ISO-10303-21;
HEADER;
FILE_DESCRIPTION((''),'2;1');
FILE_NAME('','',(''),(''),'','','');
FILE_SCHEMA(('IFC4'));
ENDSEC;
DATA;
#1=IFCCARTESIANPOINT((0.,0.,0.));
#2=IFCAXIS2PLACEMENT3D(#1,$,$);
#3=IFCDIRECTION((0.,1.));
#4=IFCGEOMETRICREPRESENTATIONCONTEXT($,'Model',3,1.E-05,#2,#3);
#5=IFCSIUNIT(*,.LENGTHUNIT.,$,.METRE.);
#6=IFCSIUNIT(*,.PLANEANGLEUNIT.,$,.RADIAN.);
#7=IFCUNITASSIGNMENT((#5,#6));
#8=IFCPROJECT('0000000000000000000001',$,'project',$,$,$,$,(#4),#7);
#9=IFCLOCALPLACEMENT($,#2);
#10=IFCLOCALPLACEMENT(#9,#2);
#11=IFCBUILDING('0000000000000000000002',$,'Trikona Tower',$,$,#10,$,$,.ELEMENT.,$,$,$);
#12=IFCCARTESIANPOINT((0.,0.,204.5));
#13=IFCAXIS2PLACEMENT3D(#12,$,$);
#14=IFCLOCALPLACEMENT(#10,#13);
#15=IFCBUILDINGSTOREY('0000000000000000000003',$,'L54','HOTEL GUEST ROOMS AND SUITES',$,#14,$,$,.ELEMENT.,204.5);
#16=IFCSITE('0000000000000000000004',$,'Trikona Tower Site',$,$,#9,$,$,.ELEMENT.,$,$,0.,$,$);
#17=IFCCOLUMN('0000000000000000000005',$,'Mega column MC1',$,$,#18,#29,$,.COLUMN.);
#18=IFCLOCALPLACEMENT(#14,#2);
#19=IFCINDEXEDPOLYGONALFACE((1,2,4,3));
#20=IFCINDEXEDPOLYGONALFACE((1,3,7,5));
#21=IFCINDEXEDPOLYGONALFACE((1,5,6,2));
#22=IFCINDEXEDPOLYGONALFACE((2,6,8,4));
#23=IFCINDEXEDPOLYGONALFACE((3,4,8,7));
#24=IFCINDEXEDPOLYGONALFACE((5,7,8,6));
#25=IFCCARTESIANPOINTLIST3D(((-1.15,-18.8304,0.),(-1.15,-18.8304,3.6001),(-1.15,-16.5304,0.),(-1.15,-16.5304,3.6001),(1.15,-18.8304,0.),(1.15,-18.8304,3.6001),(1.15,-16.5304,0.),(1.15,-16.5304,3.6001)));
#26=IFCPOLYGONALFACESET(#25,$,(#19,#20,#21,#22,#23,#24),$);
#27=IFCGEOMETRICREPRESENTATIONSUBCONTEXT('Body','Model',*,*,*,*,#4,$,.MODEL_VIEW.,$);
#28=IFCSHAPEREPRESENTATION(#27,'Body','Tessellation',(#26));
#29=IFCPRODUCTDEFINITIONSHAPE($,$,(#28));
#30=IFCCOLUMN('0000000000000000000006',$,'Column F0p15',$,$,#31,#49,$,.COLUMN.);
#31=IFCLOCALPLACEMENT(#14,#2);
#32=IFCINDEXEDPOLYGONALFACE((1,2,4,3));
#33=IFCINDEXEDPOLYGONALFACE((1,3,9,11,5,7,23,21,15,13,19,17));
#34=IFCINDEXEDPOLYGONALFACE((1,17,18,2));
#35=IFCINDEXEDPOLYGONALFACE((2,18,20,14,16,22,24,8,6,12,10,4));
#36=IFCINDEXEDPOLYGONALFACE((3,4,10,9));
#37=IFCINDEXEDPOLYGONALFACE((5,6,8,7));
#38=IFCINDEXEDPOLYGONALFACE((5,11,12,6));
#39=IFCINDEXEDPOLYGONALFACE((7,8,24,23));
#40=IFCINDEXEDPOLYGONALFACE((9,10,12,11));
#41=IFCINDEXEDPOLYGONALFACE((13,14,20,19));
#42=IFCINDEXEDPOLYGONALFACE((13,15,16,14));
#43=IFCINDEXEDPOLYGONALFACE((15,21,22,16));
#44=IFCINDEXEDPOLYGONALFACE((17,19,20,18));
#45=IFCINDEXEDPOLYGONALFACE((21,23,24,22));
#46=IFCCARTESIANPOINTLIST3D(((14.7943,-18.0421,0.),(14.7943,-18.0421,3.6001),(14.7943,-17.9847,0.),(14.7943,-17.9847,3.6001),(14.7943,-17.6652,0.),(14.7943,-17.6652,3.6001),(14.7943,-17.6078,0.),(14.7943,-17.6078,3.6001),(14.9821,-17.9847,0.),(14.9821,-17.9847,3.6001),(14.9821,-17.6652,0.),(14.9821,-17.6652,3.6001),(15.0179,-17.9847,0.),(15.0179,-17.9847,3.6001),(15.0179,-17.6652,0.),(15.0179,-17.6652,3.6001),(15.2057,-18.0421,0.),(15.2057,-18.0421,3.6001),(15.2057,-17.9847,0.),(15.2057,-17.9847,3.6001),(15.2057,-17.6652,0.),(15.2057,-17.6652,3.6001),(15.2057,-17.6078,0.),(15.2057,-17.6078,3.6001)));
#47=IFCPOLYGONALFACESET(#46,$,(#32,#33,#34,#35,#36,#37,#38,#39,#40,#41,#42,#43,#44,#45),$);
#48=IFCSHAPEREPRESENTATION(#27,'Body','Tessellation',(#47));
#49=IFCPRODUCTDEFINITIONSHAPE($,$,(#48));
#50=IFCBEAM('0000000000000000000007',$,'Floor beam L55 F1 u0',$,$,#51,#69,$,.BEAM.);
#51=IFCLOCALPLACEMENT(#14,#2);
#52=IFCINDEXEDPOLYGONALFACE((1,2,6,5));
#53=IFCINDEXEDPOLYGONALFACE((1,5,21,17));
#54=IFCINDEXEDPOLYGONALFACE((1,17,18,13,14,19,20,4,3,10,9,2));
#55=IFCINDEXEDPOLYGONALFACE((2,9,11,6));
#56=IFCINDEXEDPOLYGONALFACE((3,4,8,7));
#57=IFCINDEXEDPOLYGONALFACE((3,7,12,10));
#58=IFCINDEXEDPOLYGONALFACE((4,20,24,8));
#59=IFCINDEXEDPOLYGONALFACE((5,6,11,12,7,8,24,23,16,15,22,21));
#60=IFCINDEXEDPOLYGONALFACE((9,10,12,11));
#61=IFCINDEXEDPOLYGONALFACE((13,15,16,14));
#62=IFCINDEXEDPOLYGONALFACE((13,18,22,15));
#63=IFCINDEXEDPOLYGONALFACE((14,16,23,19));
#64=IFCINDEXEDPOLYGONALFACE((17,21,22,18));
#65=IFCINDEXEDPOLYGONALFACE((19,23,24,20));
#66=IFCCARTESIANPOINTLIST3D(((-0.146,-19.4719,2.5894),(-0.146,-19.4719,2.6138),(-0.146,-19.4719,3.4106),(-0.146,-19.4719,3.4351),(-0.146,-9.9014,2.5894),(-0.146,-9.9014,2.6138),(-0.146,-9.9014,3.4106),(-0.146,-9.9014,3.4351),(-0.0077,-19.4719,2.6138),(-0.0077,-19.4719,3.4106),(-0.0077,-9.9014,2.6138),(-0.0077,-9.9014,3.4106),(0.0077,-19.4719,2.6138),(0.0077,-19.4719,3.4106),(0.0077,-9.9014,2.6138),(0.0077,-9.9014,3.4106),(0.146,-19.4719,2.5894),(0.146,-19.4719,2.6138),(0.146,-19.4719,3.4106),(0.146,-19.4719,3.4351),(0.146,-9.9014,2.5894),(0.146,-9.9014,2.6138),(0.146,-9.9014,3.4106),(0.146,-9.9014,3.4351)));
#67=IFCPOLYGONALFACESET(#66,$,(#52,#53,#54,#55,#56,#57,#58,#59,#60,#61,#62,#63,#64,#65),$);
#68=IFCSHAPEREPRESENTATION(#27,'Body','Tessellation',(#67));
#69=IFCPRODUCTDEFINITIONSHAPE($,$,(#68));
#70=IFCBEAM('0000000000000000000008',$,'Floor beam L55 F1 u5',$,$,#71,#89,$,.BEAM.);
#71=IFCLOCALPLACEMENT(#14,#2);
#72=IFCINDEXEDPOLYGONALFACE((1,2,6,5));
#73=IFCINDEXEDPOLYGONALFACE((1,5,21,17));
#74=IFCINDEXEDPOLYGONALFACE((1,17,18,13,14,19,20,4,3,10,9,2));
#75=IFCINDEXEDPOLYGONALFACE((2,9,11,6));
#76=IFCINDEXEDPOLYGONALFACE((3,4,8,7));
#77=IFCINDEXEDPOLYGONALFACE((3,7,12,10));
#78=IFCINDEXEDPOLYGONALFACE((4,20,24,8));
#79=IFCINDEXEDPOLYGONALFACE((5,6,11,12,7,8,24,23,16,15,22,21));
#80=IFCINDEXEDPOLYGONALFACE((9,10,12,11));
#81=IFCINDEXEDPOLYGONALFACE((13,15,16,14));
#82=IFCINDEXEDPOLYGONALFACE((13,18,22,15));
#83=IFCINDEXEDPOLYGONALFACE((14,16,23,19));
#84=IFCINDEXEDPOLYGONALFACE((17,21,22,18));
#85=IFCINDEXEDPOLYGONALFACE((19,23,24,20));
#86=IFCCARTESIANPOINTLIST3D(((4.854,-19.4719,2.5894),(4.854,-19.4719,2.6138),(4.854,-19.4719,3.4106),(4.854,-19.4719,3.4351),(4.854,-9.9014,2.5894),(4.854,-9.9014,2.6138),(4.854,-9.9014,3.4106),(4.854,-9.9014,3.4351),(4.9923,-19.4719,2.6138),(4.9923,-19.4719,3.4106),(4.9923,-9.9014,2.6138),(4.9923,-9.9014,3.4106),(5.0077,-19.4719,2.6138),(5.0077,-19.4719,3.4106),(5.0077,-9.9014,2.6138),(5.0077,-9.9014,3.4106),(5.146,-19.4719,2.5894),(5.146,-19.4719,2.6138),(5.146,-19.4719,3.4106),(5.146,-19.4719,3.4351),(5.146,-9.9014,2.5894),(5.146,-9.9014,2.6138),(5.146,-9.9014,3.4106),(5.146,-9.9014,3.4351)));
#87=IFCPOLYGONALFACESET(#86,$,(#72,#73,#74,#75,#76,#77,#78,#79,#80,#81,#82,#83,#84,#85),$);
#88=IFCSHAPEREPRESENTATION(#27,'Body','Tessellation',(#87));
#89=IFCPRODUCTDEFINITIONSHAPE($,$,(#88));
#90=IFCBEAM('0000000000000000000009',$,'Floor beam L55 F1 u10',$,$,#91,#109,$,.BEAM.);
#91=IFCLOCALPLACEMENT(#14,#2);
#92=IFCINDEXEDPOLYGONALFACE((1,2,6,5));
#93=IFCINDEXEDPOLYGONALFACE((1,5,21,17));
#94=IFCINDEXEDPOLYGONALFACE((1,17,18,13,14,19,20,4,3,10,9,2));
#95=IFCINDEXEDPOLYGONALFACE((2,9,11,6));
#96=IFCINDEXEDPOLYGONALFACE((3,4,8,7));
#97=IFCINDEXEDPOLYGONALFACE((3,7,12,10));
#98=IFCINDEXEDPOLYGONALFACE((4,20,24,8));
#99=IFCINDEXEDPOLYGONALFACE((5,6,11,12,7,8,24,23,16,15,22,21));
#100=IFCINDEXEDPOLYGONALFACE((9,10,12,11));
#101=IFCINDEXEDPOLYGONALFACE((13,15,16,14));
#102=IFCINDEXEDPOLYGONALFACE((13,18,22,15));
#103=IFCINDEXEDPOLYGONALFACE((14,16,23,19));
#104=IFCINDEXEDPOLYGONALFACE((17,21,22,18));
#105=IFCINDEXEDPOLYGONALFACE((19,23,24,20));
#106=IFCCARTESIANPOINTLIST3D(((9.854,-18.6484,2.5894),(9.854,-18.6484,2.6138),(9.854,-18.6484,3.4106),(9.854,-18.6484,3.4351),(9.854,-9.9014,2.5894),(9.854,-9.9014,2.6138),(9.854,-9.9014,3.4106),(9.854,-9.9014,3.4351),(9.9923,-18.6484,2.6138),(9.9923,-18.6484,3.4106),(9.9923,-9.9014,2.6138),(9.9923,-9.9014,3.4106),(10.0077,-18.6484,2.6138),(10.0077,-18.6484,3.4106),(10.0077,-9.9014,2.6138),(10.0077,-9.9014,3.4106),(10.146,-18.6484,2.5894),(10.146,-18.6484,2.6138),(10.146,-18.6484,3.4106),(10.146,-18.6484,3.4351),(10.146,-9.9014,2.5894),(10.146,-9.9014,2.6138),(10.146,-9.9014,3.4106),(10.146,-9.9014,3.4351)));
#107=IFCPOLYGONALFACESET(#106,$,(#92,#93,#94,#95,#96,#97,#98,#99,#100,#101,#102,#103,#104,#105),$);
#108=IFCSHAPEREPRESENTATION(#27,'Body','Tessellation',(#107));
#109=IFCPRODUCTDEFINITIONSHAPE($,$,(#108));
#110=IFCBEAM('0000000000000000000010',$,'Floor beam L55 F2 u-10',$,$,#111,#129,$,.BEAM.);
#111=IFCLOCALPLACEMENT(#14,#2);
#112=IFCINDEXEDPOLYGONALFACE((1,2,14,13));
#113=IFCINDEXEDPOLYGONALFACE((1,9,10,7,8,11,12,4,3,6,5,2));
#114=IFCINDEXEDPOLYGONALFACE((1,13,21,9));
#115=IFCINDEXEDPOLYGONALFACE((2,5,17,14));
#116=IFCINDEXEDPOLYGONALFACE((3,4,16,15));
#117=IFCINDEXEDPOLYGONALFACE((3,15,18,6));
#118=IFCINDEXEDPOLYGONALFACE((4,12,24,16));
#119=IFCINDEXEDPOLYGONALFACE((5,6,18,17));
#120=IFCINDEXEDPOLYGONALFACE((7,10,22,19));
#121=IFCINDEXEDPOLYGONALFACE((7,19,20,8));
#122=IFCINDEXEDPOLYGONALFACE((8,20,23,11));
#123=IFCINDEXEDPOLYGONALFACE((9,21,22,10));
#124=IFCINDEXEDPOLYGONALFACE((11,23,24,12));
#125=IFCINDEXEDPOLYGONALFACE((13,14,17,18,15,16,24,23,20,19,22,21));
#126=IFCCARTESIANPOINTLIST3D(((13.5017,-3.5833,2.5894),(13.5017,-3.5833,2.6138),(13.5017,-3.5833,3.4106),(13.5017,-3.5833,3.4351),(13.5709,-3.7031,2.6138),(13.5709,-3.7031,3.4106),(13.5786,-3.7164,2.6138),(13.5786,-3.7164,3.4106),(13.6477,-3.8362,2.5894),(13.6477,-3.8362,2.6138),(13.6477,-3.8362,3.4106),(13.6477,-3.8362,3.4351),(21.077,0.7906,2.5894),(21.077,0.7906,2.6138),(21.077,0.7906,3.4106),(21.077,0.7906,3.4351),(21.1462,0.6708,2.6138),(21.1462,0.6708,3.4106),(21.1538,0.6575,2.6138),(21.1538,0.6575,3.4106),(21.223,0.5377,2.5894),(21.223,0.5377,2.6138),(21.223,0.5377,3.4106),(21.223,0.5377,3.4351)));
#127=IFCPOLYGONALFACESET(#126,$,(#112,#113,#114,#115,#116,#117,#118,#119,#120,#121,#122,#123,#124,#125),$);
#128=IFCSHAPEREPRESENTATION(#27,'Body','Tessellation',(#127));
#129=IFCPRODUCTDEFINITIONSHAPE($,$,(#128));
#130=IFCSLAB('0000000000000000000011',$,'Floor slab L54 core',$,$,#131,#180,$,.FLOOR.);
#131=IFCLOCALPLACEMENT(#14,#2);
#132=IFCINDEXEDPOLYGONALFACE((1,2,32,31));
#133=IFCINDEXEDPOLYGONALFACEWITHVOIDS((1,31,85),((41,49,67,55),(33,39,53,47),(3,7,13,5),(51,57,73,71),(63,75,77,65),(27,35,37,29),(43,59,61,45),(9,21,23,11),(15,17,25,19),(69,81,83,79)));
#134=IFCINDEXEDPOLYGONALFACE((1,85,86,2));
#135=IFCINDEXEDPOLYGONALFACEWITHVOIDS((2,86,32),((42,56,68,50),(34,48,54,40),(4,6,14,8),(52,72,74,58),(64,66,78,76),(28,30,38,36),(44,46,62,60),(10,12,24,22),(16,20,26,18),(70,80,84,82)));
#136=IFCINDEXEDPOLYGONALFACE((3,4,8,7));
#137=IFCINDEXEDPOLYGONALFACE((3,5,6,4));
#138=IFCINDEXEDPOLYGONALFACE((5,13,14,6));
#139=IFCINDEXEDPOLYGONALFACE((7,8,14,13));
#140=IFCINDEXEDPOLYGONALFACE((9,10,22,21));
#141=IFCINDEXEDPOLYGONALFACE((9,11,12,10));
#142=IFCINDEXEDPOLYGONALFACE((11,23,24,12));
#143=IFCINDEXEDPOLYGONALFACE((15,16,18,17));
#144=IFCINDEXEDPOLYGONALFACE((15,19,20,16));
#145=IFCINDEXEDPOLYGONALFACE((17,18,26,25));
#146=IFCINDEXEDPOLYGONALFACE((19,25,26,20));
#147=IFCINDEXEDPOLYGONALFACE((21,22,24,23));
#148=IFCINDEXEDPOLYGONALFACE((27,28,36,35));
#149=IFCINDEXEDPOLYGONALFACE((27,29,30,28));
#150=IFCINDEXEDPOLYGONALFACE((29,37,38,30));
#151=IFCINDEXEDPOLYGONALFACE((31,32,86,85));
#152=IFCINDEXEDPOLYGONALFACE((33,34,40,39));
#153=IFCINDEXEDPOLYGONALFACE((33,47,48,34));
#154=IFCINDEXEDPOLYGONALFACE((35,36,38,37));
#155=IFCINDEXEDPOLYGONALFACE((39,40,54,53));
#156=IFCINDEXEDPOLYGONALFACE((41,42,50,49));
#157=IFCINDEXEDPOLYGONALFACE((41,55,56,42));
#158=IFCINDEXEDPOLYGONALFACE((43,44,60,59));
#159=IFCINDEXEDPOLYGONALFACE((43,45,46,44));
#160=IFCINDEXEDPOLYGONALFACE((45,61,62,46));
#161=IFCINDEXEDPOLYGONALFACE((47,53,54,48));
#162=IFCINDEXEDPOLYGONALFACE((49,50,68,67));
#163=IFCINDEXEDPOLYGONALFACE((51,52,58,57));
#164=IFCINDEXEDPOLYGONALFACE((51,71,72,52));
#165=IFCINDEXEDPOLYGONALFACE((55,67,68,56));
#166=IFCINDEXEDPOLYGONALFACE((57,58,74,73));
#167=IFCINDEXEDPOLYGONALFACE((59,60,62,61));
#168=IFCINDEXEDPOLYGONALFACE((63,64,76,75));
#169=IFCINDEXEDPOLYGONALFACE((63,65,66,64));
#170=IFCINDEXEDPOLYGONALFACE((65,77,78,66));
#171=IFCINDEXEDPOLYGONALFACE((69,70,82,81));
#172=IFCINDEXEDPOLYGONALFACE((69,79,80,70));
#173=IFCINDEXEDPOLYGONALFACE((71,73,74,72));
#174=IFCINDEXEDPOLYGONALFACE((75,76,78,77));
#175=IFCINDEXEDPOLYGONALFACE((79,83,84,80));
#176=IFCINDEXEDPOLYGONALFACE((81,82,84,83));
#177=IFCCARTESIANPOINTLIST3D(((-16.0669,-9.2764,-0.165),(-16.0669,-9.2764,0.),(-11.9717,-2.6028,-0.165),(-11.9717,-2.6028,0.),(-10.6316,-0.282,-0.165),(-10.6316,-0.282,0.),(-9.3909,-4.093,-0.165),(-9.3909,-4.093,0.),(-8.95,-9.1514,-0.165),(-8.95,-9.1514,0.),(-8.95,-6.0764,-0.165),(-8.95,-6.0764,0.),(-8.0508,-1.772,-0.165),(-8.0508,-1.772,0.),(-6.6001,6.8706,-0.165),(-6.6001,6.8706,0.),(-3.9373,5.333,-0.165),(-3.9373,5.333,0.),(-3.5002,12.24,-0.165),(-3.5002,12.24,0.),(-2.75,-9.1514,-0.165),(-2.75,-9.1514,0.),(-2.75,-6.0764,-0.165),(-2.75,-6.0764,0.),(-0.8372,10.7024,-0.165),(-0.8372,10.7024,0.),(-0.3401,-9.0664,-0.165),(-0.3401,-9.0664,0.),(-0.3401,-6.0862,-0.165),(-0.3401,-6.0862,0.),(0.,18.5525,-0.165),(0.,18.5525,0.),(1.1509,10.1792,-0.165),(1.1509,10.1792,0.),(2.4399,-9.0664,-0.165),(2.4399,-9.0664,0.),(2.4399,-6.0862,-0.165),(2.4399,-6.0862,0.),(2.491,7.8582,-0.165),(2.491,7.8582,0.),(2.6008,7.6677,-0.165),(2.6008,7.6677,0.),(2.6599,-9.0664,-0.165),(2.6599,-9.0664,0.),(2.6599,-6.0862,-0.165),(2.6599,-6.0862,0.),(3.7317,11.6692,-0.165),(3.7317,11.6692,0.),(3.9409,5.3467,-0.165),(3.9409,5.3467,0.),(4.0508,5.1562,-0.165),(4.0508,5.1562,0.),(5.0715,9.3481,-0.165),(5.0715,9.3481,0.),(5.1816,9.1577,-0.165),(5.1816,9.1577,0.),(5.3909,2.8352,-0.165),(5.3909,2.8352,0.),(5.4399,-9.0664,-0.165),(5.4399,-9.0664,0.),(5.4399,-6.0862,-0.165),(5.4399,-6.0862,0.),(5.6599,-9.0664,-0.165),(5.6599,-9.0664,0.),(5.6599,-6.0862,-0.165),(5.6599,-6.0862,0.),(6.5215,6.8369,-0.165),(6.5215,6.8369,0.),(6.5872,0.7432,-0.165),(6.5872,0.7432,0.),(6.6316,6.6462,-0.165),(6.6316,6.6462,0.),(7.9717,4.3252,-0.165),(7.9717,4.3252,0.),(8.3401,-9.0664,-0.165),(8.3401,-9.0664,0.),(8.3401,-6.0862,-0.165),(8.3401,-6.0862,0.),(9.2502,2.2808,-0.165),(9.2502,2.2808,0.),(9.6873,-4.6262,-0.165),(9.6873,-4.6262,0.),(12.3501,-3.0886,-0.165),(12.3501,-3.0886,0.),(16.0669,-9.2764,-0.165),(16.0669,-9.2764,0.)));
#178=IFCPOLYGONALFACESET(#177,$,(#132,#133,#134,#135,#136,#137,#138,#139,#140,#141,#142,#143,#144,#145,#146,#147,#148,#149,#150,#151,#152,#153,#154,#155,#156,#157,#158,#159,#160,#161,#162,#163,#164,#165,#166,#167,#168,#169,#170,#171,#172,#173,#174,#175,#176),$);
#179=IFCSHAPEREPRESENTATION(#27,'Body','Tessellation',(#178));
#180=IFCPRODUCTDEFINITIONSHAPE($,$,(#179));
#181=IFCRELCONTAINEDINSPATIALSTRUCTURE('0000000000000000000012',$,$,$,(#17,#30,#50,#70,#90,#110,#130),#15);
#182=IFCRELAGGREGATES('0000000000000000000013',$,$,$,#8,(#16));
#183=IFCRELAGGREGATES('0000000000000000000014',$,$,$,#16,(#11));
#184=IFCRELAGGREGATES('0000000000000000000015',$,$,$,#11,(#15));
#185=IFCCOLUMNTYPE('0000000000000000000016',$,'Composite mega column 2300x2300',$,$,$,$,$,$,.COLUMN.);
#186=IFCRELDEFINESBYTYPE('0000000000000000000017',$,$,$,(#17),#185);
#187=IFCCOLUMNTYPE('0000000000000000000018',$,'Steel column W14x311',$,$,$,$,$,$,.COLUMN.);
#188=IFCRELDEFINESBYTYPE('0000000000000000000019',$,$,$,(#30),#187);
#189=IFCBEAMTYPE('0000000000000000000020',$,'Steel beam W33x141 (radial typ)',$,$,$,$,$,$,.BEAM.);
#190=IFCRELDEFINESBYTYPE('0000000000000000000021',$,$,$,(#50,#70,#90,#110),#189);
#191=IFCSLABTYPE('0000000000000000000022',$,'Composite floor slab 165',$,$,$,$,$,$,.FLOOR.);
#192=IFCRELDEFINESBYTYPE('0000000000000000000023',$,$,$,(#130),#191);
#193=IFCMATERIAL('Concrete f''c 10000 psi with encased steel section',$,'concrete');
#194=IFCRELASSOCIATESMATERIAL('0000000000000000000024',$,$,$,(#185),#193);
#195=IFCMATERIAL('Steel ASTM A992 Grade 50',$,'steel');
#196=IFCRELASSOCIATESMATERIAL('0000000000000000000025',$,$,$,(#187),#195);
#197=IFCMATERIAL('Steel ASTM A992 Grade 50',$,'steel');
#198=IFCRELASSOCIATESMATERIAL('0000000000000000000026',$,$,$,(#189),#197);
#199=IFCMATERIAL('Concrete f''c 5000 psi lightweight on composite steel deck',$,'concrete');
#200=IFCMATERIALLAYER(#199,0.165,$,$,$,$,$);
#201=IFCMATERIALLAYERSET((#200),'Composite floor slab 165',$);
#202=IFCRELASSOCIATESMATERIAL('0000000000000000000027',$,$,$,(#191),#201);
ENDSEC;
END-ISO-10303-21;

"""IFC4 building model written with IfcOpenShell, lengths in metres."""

from ifc_helpers import new_model, si_unit, direction, frame, origin, origin_2d, place, context, subcontext, project, spatial, polyline, rectangle, i_section, outline, extrude, material, layer, layer_set, material_profile, profile_set, type_object, element, save


model = new_model("IFC4")

# Units and contexts
model_context = context("Model", 3, precision=1e-05, world=origin(), true_north=direction((0.0, 1.0)))
body_context = subcontext(model_context, "Body", "Model", "MODEL_VIEW")
ifc_project = project(units=[si_unit("LENGTHUNIT", "METRE"), si_unit("PLANEANGLEUNIT", "RADIAN")], contexts=[model_context])

# Site, building, storey
site_placement = place(None, origin())
site = spatial("IfcSite", under=ifc_project, at=site_placement, Name="Trikona Tower Site", CompositionType="ELEMENT", RefElevation=0.0)
building_placement = place(site_placement, origin())
building = spatial("IfcBuilding", under=site, at=building_placement, Name="Trikona Tower", CompositionType="ELEMENT")
storey_placement = place(building_placement, frame((0.0, 0.0, 204.5)))
storey = spatial("IfcBuildingStorey", under=building, at=storey_placement, Name="L54", Description="HOTEL GUEST ROOMS AND SUITES", CompositionType="ELEMENT", Elevation=204.5)

# Columns
ifc_material_1 = material(Name="Concrete f'c 10000 psi with encased steel section", Category="concrete")
ifc_material_profile_1 = material_profile(ifc_material_1, rectangle(XDim=2.3, YDim=2.3, at=origin_2d()), Name="MC2300")
ifc_profile_set_1 = profile_set([ifc_material_profile_1], Name="Concrete f'c 10000 psi with encased steel section")
column_type_1 = type_object("IfcColumnType", Name="Composite mega column 2300x2300", PredefinedType="COLUMN", material=ifc_profile_set_1)
column_1_placement = place(storey_placement, frame((0.0, -17.6804, 0.0), z_axis=(0.0, 0.0, 1.0), x_axis=(0.0, -1.0, 0.0)))
element("IfcColumn", 1, at=column_1_placement, inside=storey, type_object=column_type_1, Name="Mega column MC1", PredefinedType="COLUMN", context=body_context, shape_type="SweptSolid", body=[
    extrude(rectangle(XDim=2.3, YDim=2.3, at=origin_2d()), origin(), (0.0, 0.0, 1.0), 3.6001),
])
ifc_material_2 = material(Name="Steel ASTM A992 Grade 50", Category="steel")
ifc_material_profile_2 = material_profile(ifc_material_2, i_section(OverallWidth=0.4114, OverallDepth=0.4343, WebThickness=0.0359, FlangeThickness=0.0574, at=origin_2d()), Name="W14X311")
ifc_profile_set_2 = profile_set([ifc_material_profile_2], Name="Steel ASTM A992 Grade 50")
column_type_2 = type_object("IfcColumnType", Name="Steel column W14x311", PredefinedType="COLUMN", material=ifc_profile_set_2)
column_2_placement = place(storey_placement, frame((15.0, -17.825, 0.0), z_axis=(0.0, 0.0, 1.0), x_axis=(1.0, 0.0, 0.0)))
element("IfcColumn", 2, at=column_2_placement, inside=storey, type_object=column_type_2, Name="Column F0p15", PredefinedType="COLUMN", context=body_context, shape_type="SweptSolid", body=[
    extrude(i_section(OverallWidth=0.4114, OverallDepth=0.4343, WebThickness=0.0359, FlangeThickness=0.0574, at=origin_2d()), origin(), (0.0, 0.0, 1.0), 3.6001),
])

# Beams
ifc_material_3 = material(Name="Steel ASTM A992 Grade 50", Category="steel")
ifc_material_profile_3 = material_profile(ifc_material_3, i_section(OverallWidth=0.292, OverallDepth=0.8457, WebThickness=0.0154, FlangeThickness=0.0244, at=origin_2d()), Name="W33X141")
ifc_profile_set_3 = profile_set([ifc_material_profile_3], Name="Steel ASTM A992 Grade 50")
beam_type = type_object("IfcBeamType", Name="Steel beam W33x141 (radial typ)", PredefinedType="BEAM", material=ifc_profile_set_3)
for number, where, z_axis, x_axis, name in (
    (3, (0.0, -9.9014, 3.0122), (0.0, -1.0, 0.0), (1.0, 0.0, 0.0), "Floor beam L55 F1 u0"),
    (4, (5.0, -9.9014, 3.0122), (0.0, -1.0, 0.0), (1.0, 0.0, 0.0), "Floor beam L55 F1 u5"),
):
    element("IfcBeam", number, at=place(storey_placement, frame(where, z_axis=z_axis, x_axis=x_axis)), inside=storey, type_object=beam_type, Name=name, PredefinedType="BEAM", context=body_context, shape_type="SweptSolid", body=[
        extrude(i_section(OverallWidth=0.292, OverallDepth=0.8457, WebThickness=0.0154, FlangeThickness=0.0244, at=origin_2d()), origin(), (0.0, 0.0, 1.0), 9.5706),
    ])
beam_1_placement = place(storey_placement, frame((10.0, -9.9014, 3.0122), z_axis=(0.0, -1.0, 0.0), x_axis=(1.0, 0.0, 0.0)))
element("IfcBeam", 5, at=beam_1_placement, inside=storey, type_object=beam_type, Name="Floor beam L55 F1 u10", PredefinedType="BEAM", context=body_context, shape_type="SweptSolid", body=[
    extrude(i_section(OverallWidth=0.292, OverallDepth=0.8457, WebThickness=0.0154, FlangeThickness=0.0244, at=origin_2d()), origin(), (0.0, 0.0, 1.0), 8.7471),
])
beam_2_placement = place(storey_placement, frame((13.5747, -3.7097, 3.0122), z_axis=(0.866014, 0.50002, 0.0), x_axis=(-0.50002, 0.866014, 0.0)))
element("IfcBeam", 6, at=beam_2_placement, inside=storey, type_object=beam_type, Name="Floor beam L55 F2 u-10", PredefinedType="BEAM", context=body_context, shape_type="SweptSolid", body=[
    extrude(i_section(OverallWidth=0.292, OverallDepth=0.8457, WebThickness=0.0154, FlangeThickness=0.0244, at=origin_2d()), origin(), (0.0, 0.0, 1.0), 8.7473),
])

# Slab
ifc_material_4 = material(Name="Concrete f'c 5000 psi lightweight on composite steel deck", Category="concrete")
ifc_layer_1 = layer(ifc_material_4, 0.165)
ifc_layer_set_1 = layer_set([ifc_layer_1], Name="Composite floor slab 165")
slab_type = type_object("IfcSlabType", Name="Composite floor slab 165", PredefinedType="FLOOR", material=ifc_layer_set_1)
slab_placement = place(storey_placement, frame((0.0, 0.0, -0.165)))
element("IfcSlab", 7, at=slab_placement, inside=storey, type_object=slab_type, Name="Floor slab L54 core", PredefinedType="FLOOR", context=body_context, shape_type="SweptSolid", body=[
    extrude(outline(polyline([(-16.0669, -9.2764), (16.0669, -9.2764), (0.0, 18.5525), (-16.0669, -9.2764)]), holes=[polyline([(6.5872, 0.7432), (9.6873, -4.6262), (12.3501, -3.0886), (9.2502, 2.2808), (6.5872, 0.7432)]), polyline([(5.6599, -6.0862), (5.6599, -9.0664), (8.3401, -9.0664), (8.3401, -6.0862), (5.6599, -6.0862)]), polyline([(6.6316, 6.6462), (4.0508, 5.1562), (5.3909, 2.8352), (7.9717, 4.3252), (6.6316, 6.6462)]), polyline([(6.5215, 6.8369), (5.1816, 9.1577), (2.6008, 7.6677), (3.9409, 5.3467), (6.5215, 6.8369)]), polyline([(2.6599, -9.0664), (5.4399, -9.0664), (5.4399, -6.0862), (2.6599, -6.0862), (2.6599, -9.0664)]), polyline([(2.491, 7.8582), (5.0715, 9.3481), (3.7317, 11.6692), (1.1509, 10.1792), (2.491, 7.8582)]), polyline([(2.4399, -9.0664), (2.4399, -6.0862), (-0.3401, -6.0862), (-0.3401, -9.0664), (2.4399, -9.0664)]), polyline([(-3.9373, 5.333), (-0.8372, 10.7024), (-3.5002, 12.24), (-6.6001, 6.8706), (-3.9373, 5.333)]), polyline([(-2.75, -6.0764), (-8.95, -6.0764), (-8.95, -9.1514), (-2.75, -9.1514), (-2.75, -6.0764)]), polyline([(-11.9717, -2.6028), (-9.3909, -4.093), (-8.0508, -1.772), (-10.6316, -0.282), (-11.9717, -2.6028)])]), origin(), (0.0, 0.0, 1.0), 0.165),
])

save(model, "model.ifc")
